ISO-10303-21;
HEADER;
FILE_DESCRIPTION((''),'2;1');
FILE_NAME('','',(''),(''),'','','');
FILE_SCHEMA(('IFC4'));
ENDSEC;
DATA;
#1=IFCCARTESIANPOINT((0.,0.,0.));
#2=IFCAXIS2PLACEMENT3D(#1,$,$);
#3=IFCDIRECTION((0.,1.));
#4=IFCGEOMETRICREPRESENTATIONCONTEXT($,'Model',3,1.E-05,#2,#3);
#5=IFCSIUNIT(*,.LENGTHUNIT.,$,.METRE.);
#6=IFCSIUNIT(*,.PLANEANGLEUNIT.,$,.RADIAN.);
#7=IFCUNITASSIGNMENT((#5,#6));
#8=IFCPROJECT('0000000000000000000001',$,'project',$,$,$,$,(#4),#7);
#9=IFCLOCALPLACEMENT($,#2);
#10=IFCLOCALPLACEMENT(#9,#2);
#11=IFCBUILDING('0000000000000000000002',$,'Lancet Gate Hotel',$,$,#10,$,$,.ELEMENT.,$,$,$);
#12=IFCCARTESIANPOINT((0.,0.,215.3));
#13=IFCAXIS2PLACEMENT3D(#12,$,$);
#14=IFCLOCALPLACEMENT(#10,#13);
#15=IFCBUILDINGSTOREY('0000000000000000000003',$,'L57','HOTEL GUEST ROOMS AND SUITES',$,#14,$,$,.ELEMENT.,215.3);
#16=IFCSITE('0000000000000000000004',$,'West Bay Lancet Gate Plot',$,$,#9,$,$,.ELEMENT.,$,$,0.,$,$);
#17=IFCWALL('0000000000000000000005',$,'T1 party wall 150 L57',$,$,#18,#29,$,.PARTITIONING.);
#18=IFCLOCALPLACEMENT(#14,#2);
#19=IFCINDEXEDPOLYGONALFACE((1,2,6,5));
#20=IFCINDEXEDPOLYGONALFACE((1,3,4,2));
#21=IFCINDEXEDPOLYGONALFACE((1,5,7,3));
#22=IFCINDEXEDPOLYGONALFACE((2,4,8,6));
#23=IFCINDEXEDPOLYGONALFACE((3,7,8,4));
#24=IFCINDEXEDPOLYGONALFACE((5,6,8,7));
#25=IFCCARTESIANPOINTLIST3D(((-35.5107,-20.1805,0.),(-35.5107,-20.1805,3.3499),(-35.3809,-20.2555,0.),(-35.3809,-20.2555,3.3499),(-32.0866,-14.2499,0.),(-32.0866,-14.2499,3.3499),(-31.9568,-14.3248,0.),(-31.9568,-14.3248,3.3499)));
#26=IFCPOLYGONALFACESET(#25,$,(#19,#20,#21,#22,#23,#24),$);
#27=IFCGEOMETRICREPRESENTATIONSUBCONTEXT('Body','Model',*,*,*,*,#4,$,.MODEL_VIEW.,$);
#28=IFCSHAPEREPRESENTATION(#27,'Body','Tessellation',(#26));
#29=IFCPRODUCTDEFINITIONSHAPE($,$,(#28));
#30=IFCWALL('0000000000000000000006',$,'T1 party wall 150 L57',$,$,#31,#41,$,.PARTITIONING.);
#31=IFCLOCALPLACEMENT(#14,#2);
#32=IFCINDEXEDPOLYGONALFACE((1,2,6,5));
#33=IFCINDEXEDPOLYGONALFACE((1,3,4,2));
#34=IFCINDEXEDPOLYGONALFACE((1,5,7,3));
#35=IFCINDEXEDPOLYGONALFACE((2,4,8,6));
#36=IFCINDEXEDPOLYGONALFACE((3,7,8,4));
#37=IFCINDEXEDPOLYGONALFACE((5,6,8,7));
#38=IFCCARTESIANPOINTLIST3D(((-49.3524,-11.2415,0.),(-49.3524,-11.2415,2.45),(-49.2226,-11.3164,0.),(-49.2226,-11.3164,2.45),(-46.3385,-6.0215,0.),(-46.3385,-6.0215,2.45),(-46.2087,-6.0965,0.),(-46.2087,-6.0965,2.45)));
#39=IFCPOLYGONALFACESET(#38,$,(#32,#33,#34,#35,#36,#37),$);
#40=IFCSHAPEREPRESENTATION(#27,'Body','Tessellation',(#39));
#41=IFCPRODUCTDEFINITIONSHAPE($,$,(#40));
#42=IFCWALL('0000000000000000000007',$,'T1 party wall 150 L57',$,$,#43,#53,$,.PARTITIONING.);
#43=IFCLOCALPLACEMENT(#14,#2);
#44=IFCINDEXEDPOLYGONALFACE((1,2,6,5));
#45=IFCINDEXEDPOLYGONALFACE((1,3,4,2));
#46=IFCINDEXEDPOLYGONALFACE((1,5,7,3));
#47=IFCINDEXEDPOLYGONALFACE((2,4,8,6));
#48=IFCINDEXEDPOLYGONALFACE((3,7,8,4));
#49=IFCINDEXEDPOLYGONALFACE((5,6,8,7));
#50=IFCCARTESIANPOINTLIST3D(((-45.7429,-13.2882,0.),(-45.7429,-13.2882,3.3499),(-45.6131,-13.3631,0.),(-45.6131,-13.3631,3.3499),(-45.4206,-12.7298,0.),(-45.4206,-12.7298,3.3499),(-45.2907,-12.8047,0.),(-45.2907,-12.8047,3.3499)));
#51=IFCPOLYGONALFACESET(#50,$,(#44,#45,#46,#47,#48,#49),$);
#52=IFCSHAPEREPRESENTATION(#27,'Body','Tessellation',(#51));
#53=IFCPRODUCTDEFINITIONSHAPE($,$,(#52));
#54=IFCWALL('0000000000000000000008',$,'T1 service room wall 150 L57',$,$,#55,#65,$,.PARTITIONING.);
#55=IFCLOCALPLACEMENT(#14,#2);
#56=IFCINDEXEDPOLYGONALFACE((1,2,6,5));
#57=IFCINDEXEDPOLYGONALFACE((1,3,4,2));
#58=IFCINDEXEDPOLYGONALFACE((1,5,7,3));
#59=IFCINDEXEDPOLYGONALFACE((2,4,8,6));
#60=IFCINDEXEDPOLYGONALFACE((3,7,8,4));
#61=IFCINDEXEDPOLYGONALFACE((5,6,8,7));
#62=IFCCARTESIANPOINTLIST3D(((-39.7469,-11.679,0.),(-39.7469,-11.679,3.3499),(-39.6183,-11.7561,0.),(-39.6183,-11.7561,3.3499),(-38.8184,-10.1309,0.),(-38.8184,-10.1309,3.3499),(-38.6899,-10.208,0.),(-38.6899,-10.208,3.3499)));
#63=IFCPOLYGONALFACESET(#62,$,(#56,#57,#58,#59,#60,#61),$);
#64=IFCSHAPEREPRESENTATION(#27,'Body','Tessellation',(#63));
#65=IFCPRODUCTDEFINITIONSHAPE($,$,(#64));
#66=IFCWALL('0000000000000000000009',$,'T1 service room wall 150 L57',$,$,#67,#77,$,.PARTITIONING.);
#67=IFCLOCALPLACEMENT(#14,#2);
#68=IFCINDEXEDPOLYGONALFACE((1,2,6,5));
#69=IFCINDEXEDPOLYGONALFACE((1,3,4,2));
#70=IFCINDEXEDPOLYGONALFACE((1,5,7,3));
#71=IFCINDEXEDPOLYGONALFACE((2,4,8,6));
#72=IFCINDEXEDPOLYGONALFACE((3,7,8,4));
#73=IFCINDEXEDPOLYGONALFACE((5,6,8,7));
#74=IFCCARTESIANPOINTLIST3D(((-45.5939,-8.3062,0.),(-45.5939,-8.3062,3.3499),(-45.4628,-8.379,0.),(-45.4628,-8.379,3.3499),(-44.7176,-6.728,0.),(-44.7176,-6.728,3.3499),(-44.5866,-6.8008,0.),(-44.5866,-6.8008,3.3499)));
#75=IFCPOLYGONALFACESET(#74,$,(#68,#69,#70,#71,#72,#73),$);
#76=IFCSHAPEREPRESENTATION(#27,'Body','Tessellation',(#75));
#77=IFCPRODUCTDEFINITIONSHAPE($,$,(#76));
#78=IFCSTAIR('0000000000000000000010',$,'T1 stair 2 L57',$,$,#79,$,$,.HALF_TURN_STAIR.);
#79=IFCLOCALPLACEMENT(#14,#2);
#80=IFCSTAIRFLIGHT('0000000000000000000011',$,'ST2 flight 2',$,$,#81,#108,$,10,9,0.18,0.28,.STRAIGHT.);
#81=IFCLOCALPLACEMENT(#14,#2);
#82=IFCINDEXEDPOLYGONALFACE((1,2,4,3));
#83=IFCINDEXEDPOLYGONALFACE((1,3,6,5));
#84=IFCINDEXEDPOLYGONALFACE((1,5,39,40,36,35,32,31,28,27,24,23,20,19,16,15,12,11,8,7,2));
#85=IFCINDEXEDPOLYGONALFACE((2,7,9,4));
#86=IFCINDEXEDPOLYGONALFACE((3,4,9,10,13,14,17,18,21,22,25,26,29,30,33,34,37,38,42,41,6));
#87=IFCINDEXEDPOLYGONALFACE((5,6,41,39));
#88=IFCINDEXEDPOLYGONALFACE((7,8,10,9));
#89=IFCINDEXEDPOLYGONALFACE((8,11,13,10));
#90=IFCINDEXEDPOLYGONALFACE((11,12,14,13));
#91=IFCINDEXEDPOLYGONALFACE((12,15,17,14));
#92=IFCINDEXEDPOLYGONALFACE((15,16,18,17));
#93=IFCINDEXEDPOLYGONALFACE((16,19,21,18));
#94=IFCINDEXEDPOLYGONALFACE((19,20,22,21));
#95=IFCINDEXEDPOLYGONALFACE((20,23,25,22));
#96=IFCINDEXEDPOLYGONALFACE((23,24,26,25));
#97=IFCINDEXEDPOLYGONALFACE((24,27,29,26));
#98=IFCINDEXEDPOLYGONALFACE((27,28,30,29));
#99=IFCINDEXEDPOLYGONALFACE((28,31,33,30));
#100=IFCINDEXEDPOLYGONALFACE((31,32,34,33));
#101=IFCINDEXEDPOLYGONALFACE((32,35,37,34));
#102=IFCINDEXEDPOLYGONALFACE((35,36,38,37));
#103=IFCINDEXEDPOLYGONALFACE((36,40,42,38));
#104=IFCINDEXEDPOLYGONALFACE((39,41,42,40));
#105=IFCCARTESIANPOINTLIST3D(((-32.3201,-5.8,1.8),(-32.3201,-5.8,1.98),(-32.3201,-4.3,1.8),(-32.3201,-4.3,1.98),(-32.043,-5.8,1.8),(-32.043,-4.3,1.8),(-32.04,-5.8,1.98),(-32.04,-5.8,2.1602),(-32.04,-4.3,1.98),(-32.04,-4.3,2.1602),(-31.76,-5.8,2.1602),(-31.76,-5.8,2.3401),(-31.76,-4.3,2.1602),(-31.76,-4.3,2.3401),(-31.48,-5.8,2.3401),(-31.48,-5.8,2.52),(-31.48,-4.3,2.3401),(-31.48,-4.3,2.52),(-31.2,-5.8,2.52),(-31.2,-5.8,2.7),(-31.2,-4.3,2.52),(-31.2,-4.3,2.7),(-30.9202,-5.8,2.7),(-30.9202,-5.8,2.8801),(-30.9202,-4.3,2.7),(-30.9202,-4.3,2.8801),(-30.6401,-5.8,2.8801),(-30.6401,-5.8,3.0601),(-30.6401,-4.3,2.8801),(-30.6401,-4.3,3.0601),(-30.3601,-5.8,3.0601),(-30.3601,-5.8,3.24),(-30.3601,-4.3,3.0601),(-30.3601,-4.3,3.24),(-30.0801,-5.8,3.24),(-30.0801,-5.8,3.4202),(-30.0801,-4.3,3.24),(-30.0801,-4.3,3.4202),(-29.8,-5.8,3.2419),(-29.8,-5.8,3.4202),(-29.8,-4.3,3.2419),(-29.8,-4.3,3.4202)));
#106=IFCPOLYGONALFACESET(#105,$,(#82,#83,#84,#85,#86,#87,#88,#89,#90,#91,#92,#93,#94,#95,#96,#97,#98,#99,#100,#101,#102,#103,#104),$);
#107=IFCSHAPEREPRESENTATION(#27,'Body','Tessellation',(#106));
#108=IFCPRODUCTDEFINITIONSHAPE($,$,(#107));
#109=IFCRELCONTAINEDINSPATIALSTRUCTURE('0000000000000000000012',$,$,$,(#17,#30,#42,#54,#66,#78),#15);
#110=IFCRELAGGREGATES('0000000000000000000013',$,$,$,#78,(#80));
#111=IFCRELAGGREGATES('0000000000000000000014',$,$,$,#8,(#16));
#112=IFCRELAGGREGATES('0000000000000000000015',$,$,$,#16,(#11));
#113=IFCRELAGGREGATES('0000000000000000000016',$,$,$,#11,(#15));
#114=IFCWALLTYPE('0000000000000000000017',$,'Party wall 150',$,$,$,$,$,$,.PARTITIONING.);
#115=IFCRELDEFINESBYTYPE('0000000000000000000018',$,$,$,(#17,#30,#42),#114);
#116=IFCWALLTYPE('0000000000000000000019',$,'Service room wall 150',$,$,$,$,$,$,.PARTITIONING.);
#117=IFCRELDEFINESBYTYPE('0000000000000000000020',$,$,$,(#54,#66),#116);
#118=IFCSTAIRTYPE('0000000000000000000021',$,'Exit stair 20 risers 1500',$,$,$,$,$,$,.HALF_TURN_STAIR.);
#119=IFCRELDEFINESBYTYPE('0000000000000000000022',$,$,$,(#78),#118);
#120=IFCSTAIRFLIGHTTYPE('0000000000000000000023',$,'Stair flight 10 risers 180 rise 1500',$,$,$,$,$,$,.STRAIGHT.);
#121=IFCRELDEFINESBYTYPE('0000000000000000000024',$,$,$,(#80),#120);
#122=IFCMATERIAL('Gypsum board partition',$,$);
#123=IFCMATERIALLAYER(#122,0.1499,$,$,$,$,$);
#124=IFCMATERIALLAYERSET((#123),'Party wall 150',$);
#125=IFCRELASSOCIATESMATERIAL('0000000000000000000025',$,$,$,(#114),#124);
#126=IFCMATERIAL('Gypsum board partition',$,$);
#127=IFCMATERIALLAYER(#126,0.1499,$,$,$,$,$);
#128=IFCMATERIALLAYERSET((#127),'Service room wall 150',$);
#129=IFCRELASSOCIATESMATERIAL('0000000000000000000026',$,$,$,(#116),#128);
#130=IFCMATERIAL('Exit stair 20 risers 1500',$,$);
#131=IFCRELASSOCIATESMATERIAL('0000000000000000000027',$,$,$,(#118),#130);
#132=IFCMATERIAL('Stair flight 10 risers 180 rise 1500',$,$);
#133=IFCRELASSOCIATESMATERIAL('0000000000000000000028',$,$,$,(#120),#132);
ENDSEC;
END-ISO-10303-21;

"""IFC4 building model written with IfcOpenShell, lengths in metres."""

from ifc_helpers import new_model, si_unit, direction, frame, frame_2d, origin, place, context, subcontext, project, spatial, polyline, rectangle, outline, extrude, material, layer, layer_set, type_object, element, aggregate, save


model = new_model("IFC4")

# Units and contexts
model_context = context("Model", 3, precision=1e-05, world=origin(), true_north=direction((0.0, 1.0)))
body_context = subcontext(model_context, "Body", "Model", "MODEL_VIEW")
ifc_project = project(units=[si_unit("LENGTHUNIT", "METRE"), si_unit("PLANEANGLEUNIT", "RADIAN")], contexts=[model_context])

# Site, building, storey
site_placement = place(None, origin())
site = spatial("IfcSite", under=ifc_project, at=site_placement, Name="West Bay Lancet Gate Plot", CompositionType="ELEMENT", RefElevation=0.0)
building_placement = place(site_placement, origin())
building = spatial("IfcBuilding", under=site, at=building_placement, Name="Lancet Gate Hotel", CompositionType="ELEMENT")
storey_placement = place(building_placement, frame((0.0, 0.0, 215.3)))
storey = spatial("IfcBuildingStorey", under=building, at=storey_placement, Name="L57", Description="HOTEL GUEST ROOMS AND SUITES", CompositionType="ELEMENT", Elevation=215.3)

# Walls
ifc_material_1 = material(Name="Gypsum board partition")
ifc_layer_1 = layer(ifc_material_1, 0.1499)
ifc_layer_set_1 = layer_set([ifc_layer_1], Name="Party wall 150")
wall_type_1 = type_object("IfcWallType", Name="Party wall 150", PredefinedType="PARTITIONING", material=ifc_layer_set_1)
wall_1_placement = place(storey_placement, frame((-32.0217, -14.2874, 0.0), z_axis=(0.0, 0.0, 1.0), x_axis=(-0.5, -0.866025, 0.0)))
element("IfcWall", 1, at=wall_1_placement, inside=storey, type_object=wall_type_1, Name="T1 party wall 150 L57", PredefinedType="PARTITIONING", context=body_context, shape_type="SweptSolid", body=[
    extrude(rectangle(XDim=6.8481, YDim=0.1499, at=frame_2d((3.4241, 0.0))), origin(), (0.0, 0.0, 1.0), 3.3499),
])
wall_2_placement = place(storey_placement, frame((-46.2737, -6.0591, 0.0), z_axis=(0.0, 0.0, 1.0), x_axis=(-0.50002, -0.866014, 0.0)))
element("IfcWall", 2, at=wall_2_placement, inside=storey, type_object=wall_type_1, Name="T1 party wall 150 L57", PredefinedType="PARTITIONING", context=body_context, shape_type="SweptSolid", body=[
    extrude(rectangle(XDim=6.0276, YDim=0.1499, at=frame_2d((3.0137, 0.0))), origin(), (0.0, 0.0, 1.0), 2.45),
])
wall_3_placement = place(storey_placement, frame((-45.3557, -12.7673, 0.0), z_axis=(0.0, 0.0, 1.0), x_axis=(-0.499886, -0.866091, 0.0)))
element("IfcWall", 3, at=wall_3_placement, inside=storey, type_object=wall_type_1, Name="T1 party wall 150 L57", PredefinedType="PARTITIONING", context=body_context, shape_type="SweptSolid", body=[
    extrude(rectangle(XDim=0.6448, YDim=0.1499, at=frame_2d((0.3223, 0.0))), origin(), (0.0, 0.0, 1.0), 3.3499),
])
ifc_material_2 = material(Name="Gypsum board partition")
ifc_layer_2 = layer(ifc_material_2, 0.1499)
ifc_layer_set_2 = layer_set([ifc_layer_2], Name="Service room wall 150")
wall_type_2 = type_object("IfcWallType", Name="Service room wall 150", PredefinedType="PARTITIONING", material=ifc_layer_set_2)
for number, where, z_axis, x_axis, name in (
    (4, (-39.6826, -11.7175, 0.0), (0.0, 0.0, 1.0), (0.514337, 0.857588, 0.0), "T1 service room wall 150 L57"),
    (5, (-44.6521, -6.7644, 0.0), (0.0, 0.0, 1.0), (-0.485425, -0.874278, 0.0), "T1 service room wall 150 L57"),
):
    element("IfcWall", number, at=place(storey_placement, frame(where, z_axis=z_axis, x_axis=x_axis)), inside=storey, type_object=wall_type_2, Name=name, PredefinedType="PARTITIONING", context=body_context, shape_type="SweptSolid", body=[
        extrude(rectangle(XDim=1.8052, YDim=0.1499, at=frame_2d((0.9026, 0.0))), origin(), (0.0, 0.0, 1.0), 3.3499),
    ])

# Stair, stair flight
ifc_material_3 = material(Name="Exit stair 20 risers 1500")
stair_type = type_object("IfcStairType", Name="Exit stair 20 risers 1500", PredefinedType="HALF_TURN_STAIR", material=ifc_material_3)
stair_placement = place(storey_placement, origin())
stair = element("IfcStair", 6, at=stair_placement, inside=storey, type_object=stair_type, Name="T1 stair 2 L57", PredefinedType="HALF_TURN_STAIR")
ifc_material_4 = material(Name="Stair flight 10 risers 180 rise 1500")
stair_flight_type = type_object("IfcStairFlightType", Name="Stair flight 10 risers 180 rise 1500", PredefinedType="STRAIGHT", material=ifc_material_4)
stair_flight_placement = place(storey_placement, frame((-32.3201, -5.05, 1.8), z_axis=(0.0, 0.0, 1.0), x_axis=(1.0, 0.0, 0.0)))
stair_flight = element("IfcStairFlight", 7, at=stair_flight_placement, type_object=stair_flight_type, Name="ST2 flight 2", NumberOfRisers=10, NumberOfTreads=9, PredefinedType="STRAIGHT", RiserHeight=0.18, TreadLength=0.28, context=body_context, shape_type="SweptSolid", body=[
    extrude(outline(polyline([(0.0, 0.0), (0.0, 0.1799), (0.28, 0.1799), (0.28, 0.3601), (0.5601, 0.3601), (0.5601, 0.54), (0.8401, 0.54), (0.8401, 0.72), (1.1201, 0.72), (1.1201, 0.8999), (1.3999, 0.8999), (1.3999, 1.0801), (1.6799, 1.0801), (1.6799, 1.26), (1.96, 1.26), (1.96, 1.4399), (2.24, 1.4399), (2.24, 1.6201), (2.52, 1.6201), (2.52, 1.8), (2.52, 1.4419), (0.2771, 0.0), (0.0, 0.0)])), frame((0.0, 0.75, 0.0), z_axis=(0.0, -1.0, 0.0), x_axis=(1.0, 0.0, 0.0)), (0.0, 0.0, 1.0), 1.5),
])
aggregate(stair, [stair_flight])

save(model, "model.ifc")
